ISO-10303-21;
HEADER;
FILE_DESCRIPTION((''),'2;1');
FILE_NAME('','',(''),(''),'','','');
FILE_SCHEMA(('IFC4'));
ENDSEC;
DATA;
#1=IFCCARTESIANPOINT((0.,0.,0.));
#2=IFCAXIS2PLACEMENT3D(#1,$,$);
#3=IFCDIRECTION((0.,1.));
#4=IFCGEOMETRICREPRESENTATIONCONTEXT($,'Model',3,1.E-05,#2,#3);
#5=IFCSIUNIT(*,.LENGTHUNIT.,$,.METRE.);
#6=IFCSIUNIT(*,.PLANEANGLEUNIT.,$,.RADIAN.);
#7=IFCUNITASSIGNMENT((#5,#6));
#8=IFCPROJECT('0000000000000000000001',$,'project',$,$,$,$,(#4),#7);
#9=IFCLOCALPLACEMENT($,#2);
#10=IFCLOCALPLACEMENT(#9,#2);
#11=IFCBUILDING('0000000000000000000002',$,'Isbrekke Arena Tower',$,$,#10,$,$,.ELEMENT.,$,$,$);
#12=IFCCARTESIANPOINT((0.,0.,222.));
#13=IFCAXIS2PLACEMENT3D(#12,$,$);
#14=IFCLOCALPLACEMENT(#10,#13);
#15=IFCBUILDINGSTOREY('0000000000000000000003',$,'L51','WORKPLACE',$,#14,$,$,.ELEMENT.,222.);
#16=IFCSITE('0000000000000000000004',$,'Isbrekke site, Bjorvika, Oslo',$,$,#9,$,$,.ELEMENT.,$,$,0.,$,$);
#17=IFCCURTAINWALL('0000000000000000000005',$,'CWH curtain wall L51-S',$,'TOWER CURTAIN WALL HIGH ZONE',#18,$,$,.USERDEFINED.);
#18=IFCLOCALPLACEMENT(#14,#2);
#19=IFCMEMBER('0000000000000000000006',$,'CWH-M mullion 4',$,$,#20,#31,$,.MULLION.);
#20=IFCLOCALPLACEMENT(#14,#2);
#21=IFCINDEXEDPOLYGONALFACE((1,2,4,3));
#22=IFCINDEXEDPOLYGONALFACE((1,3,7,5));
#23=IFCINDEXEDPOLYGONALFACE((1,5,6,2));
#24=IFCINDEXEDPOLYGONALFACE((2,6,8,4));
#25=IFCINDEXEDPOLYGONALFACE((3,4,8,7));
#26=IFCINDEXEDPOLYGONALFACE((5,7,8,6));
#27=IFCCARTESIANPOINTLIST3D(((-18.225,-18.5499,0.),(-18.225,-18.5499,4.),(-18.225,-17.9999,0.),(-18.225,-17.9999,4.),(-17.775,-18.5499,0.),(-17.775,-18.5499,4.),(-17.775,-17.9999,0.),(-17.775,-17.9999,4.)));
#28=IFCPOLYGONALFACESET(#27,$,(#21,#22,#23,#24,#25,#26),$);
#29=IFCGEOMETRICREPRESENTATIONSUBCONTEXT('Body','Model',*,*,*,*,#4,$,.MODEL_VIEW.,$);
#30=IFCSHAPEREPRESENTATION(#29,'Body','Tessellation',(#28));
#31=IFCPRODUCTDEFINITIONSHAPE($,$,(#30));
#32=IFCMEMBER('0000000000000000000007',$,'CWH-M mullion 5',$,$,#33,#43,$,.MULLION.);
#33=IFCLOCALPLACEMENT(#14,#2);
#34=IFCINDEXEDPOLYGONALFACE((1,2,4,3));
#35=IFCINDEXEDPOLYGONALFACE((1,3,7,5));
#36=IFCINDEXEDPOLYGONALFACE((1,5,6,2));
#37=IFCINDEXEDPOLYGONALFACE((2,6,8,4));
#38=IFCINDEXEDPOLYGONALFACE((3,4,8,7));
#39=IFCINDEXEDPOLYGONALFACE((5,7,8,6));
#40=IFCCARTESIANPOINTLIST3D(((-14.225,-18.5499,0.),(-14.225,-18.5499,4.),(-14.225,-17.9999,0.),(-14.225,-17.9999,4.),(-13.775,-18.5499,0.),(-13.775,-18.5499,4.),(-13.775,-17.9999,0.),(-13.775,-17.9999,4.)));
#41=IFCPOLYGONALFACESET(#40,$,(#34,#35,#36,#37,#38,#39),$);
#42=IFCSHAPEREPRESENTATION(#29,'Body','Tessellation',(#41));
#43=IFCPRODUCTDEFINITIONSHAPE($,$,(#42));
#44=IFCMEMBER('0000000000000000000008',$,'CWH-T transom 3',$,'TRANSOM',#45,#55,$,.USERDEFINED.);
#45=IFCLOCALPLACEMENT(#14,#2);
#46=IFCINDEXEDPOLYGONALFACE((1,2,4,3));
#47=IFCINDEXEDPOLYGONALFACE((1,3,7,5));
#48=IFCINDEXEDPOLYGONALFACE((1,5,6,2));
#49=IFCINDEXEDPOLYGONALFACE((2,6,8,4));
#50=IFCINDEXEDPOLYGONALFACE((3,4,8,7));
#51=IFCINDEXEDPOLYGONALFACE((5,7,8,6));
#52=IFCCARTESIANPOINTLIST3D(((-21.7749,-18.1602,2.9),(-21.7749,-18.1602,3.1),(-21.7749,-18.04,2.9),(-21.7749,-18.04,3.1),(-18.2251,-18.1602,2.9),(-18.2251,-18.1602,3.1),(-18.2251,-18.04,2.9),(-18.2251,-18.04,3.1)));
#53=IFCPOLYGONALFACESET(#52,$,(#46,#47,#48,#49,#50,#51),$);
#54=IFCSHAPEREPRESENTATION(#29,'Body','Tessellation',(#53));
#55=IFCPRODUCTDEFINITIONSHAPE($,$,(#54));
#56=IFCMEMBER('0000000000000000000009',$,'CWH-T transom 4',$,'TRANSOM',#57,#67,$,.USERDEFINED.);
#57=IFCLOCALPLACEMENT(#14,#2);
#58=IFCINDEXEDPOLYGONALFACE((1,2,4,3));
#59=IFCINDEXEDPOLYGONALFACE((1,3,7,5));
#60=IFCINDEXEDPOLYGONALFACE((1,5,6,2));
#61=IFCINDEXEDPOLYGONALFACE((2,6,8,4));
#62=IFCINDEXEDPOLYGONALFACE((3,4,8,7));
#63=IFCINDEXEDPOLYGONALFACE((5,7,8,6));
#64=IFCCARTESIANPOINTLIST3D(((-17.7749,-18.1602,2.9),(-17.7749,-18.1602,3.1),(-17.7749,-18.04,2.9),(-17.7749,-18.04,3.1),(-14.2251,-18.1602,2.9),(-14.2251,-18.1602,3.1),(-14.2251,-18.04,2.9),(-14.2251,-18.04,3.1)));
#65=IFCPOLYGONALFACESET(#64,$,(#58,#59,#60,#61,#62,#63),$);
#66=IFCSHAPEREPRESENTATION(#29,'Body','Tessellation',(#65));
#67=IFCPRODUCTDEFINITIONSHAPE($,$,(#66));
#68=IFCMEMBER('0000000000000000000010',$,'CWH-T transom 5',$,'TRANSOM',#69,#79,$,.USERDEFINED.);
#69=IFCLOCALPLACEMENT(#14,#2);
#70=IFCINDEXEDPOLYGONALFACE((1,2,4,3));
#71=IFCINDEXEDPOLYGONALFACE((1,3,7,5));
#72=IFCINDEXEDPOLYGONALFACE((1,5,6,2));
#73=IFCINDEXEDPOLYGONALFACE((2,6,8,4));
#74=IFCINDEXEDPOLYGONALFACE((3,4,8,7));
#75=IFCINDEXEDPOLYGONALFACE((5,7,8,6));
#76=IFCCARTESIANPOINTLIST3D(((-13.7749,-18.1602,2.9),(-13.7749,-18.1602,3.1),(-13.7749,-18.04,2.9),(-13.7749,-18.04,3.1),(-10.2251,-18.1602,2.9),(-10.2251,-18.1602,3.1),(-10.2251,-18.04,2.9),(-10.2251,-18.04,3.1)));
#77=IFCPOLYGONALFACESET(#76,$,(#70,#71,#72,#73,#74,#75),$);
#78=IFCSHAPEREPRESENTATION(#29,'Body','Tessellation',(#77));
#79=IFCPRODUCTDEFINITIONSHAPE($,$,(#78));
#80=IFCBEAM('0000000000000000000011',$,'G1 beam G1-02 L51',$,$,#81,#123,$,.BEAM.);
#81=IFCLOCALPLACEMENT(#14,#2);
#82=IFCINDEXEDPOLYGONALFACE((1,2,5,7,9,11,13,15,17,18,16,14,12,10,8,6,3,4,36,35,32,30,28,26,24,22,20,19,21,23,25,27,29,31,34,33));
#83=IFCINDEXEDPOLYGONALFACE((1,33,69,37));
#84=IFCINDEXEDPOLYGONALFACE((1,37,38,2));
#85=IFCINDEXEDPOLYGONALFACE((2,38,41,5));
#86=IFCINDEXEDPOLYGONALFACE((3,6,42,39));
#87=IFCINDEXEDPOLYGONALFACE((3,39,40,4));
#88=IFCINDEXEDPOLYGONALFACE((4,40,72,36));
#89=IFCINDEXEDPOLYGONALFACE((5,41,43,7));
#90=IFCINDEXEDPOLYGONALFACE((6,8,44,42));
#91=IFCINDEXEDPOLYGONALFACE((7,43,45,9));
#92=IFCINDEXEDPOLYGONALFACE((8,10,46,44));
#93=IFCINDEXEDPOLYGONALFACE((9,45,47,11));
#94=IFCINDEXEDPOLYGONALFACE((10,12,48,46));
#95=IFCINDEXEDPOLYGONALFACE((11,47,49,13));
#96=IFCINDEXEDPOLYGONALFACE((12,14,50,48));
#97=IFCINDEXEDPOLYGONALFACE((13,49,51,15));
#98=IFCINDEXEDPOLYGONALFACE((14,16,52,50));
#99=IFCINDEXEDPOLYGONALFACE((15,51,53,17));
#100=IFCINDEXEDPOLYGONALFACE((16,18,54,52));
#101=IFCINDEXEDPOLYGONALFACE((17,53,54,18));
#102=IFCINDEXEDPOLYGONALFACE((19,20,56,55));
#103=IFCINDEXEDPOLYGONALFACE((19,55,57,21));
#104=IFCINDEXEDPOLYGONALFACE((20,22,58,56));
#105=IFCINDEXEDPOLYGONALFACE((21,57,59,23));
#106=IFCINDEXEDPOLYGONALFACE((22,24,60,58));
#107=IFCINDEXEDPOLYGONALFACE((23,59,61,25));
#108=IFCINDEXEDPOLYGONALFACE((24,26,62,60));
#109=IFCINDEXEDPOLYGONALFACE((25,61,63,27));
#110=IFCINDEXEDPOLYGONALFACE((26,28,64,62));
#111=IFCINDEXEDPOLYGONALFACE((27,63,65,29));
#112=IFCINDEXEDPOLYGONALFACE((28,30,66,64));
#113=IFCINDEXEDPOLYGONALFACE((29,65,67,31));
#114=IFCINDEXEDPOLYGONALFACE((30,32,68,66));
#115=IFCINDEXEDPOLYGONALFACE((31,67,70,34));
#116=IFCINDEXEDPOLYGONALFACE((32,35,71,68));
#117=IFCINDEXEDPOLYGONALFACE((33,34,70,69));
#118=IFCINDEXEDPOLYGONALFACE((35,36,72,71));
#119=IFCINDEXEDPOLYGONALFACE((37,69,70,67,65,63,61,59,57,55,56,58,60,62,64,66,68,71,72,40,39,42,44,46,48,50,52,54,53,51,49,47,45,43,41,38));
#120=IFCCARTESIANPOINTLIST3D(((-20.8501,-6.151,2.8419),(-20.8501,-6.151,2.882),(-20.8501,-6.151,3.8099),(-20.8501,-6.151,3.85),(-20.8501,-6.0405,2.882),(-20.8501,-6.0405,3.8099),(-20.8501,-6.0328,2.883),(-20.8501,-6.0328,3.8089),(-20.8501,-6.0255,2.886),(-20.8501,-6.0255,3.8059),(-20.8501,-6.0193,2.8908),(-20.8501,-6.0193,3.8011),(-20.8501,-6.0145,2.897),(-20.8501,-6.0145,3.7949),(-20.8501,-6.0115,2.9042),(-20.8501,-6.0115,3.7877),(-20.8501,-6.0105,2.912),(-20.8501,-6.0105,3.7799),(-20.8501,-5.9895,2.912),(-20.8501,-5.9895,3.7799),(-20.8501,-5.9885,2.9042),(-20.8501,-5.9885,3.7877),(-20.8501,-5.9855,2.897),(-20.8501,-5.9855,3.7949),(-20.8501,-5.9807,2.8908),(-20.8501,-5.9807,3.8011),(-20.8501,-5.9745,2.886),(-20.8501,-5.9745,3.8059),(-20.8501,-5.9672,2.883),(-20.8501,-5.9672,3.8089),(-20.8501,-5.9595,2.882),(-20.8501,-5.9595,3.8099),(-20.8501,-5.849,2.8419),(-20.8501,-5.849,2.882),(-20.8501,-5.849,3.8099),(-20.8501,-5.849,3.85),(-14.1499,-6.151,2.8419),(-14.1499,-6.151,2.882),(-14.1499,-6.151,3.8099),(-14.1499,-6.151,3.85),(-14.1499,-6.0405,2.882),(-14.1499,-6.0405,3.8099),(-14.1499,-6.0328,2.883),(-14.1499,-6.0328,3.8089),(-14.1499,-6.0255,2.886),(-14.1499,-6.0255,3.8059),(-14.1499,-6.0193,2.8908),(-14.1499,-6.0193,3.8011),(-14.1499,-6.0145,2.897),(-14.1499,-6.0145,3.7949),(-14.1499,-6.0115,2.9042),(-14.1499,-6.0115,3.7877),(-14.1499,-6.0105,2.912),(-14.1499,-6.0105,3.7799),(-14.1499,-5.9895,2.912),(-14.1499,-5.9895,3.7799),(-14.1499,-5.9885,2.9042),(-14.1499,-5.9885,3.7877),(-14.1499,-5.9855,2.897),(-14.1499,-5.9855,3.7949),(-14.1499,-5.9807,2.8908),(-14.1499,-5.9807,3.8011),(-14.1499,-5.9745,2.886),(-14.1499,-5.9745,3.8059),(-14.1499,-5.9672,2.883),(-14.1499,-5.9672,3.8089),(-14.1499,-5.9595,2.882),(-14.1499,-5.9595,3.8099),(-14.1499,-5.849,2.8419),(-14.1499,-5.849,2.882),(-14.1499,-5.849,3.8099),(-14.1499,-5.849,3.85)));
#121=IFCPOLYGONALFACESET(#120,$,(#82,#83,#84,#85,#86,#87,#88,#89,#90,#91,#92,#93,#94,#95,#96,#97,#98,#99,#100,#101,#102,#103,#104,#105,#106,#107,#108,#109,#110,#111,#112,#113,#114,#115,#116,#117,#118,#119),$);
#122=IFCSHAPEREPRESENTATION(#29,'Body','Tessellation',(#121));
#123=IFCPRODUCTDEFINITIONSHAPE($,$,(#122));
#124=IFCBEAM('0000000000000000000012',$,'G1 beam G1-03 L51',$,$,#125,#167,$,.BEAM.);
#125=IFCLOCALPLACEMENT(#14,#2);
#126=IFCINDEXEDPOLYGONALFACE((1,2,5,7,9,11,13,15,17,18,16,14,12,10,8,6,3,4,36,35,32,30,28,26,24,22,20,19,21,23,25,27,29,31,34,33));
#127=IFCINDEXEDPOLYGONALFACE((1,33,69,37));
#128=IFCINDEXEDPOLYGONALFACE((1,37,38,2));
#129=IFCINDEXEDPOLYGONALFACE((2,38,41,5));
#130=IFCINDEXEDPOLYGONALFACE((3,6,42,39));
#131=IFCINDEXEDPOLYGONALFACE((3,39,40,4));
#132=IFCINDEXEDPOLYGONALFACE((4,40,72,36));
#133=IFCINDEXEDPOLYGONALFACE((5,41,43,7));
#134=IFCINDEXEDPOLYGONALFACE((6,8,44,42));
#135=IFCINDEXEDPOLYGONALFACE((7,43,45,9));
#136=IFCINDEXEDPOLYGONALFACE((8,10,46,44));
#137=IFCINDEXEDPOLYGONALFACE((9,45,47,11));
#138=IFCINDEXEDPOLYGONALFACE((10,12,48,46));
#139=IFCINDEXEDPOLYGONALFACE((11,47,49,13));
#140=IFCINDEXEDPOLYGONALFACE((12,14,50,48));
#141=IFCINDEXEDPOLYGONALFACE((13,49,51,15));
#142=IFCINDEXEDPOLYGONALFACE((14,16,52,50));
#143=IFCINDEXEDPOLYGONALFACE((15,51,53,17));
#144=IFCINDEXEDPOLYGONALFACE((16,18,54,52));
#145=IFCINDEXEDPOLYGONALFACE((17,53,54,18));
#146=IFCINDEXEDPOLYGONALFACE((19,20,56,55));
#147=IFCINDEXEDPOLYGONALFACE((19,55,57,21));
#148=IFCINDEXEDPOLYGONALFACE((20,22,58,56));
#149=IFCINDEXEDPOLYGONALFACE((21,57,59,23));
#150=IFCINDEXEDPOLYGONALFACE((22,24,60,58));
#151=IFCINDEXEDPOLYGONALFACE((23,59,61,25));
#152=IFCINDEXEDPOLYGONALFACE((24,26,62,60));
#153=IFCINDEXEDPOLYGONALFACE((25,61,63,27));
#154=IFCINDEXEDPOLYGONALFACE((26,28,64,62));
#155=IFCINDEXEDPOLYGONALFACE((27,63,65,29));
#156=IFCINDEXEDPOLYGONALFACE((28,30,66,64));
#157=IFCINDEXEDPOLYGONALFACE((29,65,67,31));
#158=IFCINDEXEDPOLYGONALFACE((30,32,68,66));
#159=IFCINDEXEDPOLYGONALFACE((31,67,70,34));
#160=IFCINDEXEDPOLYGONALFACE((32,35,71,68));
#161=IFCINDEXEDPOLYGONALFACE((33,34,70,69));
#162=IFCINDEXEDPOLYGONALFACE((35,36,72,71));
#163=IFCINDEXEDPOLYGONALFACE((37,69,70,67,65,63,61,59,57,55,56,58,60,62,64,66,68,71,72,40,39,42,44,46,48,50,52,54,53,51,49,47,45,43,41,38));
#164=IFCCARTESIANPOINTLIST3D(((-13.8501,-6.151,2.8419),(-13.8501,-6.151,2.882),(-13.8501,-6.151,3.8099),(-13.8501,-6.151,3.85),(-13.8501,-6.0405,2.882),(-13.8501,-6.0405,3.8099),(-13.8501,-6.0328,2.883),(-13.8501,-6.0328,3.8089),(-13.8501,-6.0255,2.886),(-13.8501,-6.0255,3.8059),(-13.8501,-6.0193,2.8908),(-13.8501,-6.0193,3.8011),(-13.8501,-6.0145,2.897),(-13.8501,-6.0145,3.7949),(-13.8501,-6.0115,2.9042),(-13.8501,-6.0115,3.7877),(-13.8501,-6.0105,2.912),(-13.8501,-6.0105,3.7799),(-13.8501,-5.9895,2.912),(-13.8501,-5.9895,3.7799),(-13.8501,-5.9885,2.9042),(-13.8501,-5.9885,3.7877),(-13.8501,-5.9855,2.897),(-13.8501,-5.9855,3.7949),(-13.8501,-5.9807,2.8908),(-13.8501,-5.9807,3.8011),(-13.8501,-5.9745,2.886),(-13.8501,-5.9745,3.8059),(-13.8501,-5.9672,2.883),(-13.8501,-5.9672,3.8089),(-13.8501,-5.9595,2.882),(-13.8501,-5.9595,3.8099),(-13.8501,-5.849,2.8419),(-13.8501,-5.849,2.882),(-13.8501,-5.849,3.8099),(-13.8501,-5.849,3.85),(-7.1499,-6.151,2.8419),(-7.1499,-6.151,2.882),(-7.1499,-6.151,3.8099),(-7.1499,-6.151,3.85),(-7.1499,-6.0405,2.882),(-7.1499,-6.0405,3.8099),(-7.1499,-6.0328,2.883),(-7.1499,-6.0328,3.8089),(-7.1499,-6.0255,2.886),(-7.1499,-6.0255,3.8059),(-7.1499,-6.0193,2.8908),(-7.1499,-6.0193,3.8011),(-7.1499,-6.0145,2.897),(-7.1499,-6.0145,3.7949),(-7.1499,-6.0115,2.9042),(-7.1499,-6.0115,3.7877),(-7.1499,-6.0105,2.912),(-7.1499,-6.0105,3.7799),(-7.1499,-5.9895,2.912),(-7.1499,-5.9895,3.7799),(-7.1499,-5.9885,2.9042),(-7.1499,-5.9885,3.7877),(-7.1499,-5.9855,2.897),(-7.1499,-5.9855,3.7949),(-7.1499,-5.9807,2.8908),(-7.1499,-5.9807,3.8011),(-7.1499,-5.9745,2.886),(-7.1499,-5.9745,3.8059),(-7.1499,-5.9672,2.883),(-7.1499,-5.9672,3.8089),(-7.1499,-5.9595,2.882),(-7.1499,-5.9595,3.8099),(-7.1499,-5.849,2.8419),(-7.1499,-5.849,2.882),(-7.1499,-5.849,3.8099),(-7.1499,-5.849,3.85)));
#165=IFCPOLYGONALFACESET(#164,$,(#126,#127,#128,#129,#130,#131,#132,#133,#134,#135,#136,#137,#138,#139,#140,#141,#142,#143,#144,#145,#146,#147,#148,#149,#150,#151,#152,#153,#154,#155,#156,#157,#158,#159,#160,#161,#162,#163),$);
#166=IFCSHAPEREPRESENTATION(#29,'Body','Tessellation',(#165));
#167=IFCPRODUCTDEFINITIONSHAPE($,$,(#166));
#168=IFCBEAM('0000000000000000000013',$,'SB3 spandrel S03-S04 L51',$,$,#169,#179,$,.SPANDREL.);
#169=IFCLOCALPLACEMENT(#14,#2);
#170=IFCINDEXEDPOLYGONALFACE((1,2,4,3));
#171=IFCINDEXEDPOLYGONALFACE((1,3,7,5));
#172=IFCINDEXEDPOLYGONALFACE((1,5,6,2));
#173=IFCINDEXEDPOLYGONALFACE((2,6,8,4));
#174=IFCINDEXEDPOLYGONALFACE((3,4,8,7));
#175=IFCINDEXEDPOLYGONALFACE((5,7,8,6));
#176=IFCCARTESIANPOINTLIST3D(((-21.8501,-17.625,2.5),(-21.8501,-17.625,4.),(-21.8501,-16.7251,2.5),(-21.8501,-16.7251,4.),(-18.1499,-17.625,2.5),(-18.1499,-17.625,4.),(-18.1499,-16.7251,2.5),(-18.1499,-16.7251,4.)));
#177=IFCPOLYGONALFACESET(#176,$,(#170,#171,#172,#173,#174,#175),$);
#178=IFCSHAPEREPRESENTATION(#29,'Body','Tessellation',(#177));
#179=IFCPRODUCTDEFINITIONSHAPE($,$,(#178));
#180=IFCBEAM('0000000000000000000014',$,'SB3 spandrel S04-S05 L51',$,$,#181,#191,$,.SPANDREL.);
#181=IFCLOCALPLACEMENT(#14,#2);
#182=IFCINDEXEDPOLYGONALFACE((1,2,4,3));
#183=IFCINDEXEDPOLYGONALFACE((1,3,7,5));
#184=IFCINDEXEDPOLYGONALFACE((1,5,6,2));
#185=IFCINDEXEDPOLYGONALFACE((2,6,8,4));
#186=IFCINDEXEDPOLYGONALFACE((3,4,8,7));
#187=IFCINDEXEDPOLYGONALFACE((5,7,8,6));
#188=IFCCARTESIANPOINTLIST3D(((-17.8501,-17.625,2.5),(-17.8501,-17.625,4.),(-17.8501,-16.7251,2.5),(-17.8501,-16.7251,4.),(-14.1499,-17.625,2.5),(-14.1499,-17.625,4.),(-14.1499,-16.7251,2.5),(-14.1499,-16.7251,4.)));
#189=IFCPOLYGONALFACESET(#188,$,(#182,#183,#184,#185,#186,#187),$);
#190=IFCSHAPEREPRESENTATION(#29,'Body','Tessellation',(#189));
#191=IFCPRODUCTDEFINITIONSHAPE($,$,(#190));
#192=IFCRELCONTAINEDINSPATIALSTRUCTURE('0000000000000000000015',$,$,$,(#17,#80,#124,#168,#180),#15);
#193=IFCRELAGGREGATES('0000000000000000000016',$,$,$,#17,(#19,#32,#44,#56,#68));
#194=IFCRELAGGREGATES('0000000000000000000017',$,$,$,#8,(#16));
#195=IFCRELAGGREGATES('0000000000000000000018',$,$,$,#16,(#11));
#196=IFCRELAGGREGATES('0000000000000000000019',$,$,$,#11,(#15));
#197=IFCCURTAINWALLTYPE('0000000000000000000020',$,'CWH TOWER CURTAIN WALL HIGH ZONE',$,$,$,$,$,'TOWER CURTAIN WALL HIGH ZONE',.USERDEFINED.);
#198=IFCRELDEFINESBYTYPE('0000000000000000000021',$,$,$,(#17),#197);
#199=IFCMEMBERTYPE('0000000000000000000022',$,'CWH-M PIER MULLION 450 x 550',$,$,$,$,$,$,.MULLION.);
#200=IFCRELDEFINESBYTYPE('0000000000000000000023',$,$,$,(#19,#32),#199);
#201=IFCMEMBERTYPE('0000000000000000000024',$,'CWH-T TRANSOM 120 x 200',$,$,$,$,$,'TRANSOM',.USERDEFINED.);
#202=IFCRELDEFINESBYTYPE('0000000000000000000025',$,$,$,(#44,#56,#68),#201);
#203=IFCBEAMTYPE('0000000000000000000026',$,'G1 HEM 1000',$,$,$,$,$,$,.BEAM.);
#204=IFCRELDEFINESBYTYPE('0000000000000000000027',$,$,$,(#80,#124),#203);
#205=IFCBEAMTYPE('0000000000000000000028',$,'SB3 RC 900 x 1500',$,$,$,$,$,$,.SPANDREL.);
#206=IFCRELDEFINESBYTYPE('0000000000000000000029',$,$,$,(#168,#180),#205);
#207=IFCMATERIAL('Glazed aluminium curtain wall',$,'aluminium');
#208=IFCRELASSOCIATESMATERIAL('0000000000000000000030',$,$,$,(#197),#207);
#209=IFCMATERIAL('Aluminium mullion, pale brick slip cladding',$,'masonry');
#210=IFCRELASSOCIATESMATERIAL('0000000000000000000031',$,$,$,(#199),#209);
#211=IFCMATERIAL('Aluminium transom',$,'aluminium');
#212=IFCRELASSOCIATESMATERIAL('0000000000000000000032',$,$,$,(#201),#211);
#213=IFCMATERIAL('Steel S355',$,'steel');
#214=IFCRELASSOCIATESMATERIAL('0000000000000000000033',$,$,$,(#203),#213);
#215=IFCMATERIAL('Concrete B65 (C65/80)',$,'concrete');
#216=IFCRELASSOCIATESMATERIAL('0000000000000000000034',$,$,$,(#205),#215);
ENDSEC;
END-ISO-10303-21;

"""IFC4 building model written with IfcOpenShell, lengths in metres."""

from ifc_helpers import new_model, si_unit, direction, frame, origin, origin_2d, place, context, subcontext, project, spatial, rectangle, i_section, extrude, material, material_profile, profile_set, type_object, element, aggregate, save


model = new_model("IFC4")

# Units and contexts
model_context = context("Model", 3, precision=1e-05, world=origin(), true_north=direction((0.0, 1.0)))
body_context = subcontext(model_context, "Body", "Model", "MODEL_VIEW")
ifc_project = project(units=[si_unit("LENGTHUNIT", "METRE"), si_unit("PLANEANGLEUNIT", "RADIAN")], contexts=[model_context])

# Site, building, storey
site_placement = place(None, origin())
site = spatial("IfcSite", under=ifc_project, at=site_placement, Name="Isbrekke site, Bjorvika, Oslo", CompositionType="ELEMENT", RefElevation=0.0)
building_placement = place(site_placement, origin())
building = spatial("IfcBuilding", under=site, at=building_placement, Name="Isbrekke Arena Tower", CompositionType="ELEMENT")
storey_placement = place(building_placement, frame((0.0, 0.0, 222.0)))
storey = spatial("IfcBuildingStorey", under=building, at=storey_placement, Name="L51", Description="WORKPLACE", CompositionType="ELEMENT", Elevation=222.0)

# Curtain wall, members
ifc_material_1 = material(Name="Glazed aluminium curtain wall", Category="aluminium")
curtain_wall_type = type_object("IfcCurtainWallType", Name="CWH TOWER CURTAIN WALL HIGH ZONE", ElementType="TOWER CURTAIN WALL HIGH ZONE", PredefinedType="USERDEFINED", material=ifc_material_1)
curtain_wall_placement = place(storey_placement, origin())
curtain_wall = element("IfcCurtainWall", 1, at=curtain_wall_placement, inside=storey, type_object=curtain_wall_type, Name="CWH curtain wall L51-S", ObjectType="TOWER CURTAIN WALL HIGH ZONE", PredefinedType="USERDEFINED")
ifc_material_2 = material(Name="Aluminium mullion, pale brick slip cladding", Category="masonry")
ifc_material_profile_1 = material_profile(ifc_material_2, rectangle(XDim=0.45, YDim=0.55, at=origin_2d()), Name="PIER 450X550")
ifc_profile_set_1 = profile_set([ifc_material_profile_1], Name="Aluminium mullion, pale brick slip cladding")
member_type_1 = type_object("IfcMemberType", Name="CWH-M PIER MULLION 450 x 550", PredefinedType="MULLION", material=ifc_profile_set_1)
member_1_placement = place(storey_placement, frame((-18.0, -18.2749, 0.0), z_axis=(0.0, 0.0, 1.0), x_axis=(1.0, 0.0, 0.0)))
member_1 = element("IfcMember", 2, at=member_1_placement, type_object=member_type_1, Name="CWH-M mullion 4", PredefinedType="MULLION", context=body_context, shape_type="SweptSolid", body=[
    extrude(rectangle(XDim=0.45, YDim=0.55, at=origin_2d()), origin(), (0.0, 0.0, 1.0), 4.0),
])
member_2_placement = place(storey_placement, frame((-14.0, -18.2749, 0.0), z_axis=(0.0, 0.0, 1.0), x_axis=(1.0, 0.0, 0.0)))
member_2 = element("IfcMember", 3, at=member_2_placement, type_object=member_type_1, Name="CWH-M mullion 5", PredefinedType="MULLION", context=body_context, shape_type="SweptSolid", body=[
    extrude(rectangle(XDim=0.45, YDim=0.55, at=origin_2d()), origin(), (0.0, 0.0, 1.0), 4.0),
])
ifc_material_3 = material(Name="Aluminium transom", Category="aluminium")
ifc_material_profile_2 = material_profile(ifc_material_3, rectangle(XDim=0.1201, YDim=0.2, at=origin_2d()), Name="TRANSOM 120X200")
ifc_profile_set_2 = profile_set([ifc_material_profile_2], Name="Aluminium transom")
member_type_2 = type_object("IfcMemberType", Name="CWH-T TRANSOM 120 x 200", ElementType="TRANSOM", PredefinedType="USERDEFINED", material=ifc_profile_set_2)
member_3_placement = place(storey_placement, frame((-21.7749, -18.1001, 3.0), z_axis=(1.0, 0.0, 0.0), x_axis=(0.0, 1.0, 0.0)))
member_3 = element("IfcMember", 4, at=member_3_placement, type_object=member_type_2, Name="CWH-T transom 3", ObjectType="TRANSOM", PredefinedType="USERDEFINED", context=body_context, shape_type="SweptSolid", body=[
    extrude(rectangle(XDim=0.1201, YDim=0.2, at=origin_2d()), origin(), (0.0, 0.0, 1.0), 3.5498),
])
member_4_placement = place(storey_placement, frame((-17.7749, -18.1001, 3.0), z_axis=(1.0, 0.0, 0.0), x_axis=(0.0, 1.0, 0.0)))
member_4 = element("IfcMember", 5, at=member_4_placement, type_object=member_type_2, Name="CWH-T transom 4", ObjectType="TRANSOM", PredefinedType="USERDEFINED", context=body_context, shape_type="SweptSolid", body=[
    extrude(rectangle(XDim=0.1201, YDim=0.2, at=origin_2d()), origin(), (0.0, 0.0, 1.0), 3.5498),
])
member_5_placement = place(storey_placement, frame((-13.7749, -18.1001, 3.0), z_axis=(1.0, 0.0, 0.0), x_axis=(0.0, 1.0, 0.0)))
member_5 = element("IfcMember", 6, at=member_5_placement, type_object=member_type_2, Name="CWH-T transom 5", ObjectType="TRANSOM", PredefinedType="USERDEFINED", context=body_context, shape_type="SweptSolid", body=[
    extrude(rectangle(XDim=0.1201, YDim=0.2, at=origin_2d()), origin(), (0.0, 0.0, 1.0), 3.5498),
])

# Beams
ifc_material_4 = material(Name="Steel S355", Category="steel")
ifc_material_profile_3 = material_profile(ifc_material_4, i_section(OverallWidth=0.302, OverallDepth=1.0081, WebThickness=0.021, FlangeThickness=0.04, FilletRadius=0.03, at=origin_2d()), Name="HEM 1000")
ifc_profile_set_3 = profile_set([ifc_material_profile_3], Name="Steel S355")
beam_type_1 = type_object("IfcBeamType", Name="G1 HEM 1000", PredefinedType="BEAM", material=ifc_profile_set_3)
for number, where, z_axis, x_axis, name in (
    (7, (-20.8501, -6.0, 3.3459), (1.0, 0.0, 0.0), (0.0, 1.0, 0.0), "G1 beam G1-02 L51"),
    (8, (-13.8501, -6.0, 3.3459), (1.0, 0.0, 0.0), (0.0, 1.0, 0.0), "G1 beam G1-03 L51"),
):
    element("IfcBeam", number, at=place(storey_placement, frame(where, z_axis=z_axis, x_axis=x_axis)), inside=storey, type_object=beam_type_1, Name=name, PredefinedType="BEAM", context=body_context, shape_type="SweptSolid", body=[
        extrude(i_section(OverallWidth=0.302, OverallDepth=1.0081, WebThickness=0.021, FlangeThickness=0.04, FilletRadius=0.03, at=origin_2d()), origin(), (0.0, 0.0, 1.0), 6.7002),
    ])
ifc_material_5 = material(Name="Concrete B65 (C65/80)", Category="concrete")
ifc_material_profile_4 = material_profile(ifc_material_5, rectangle(XDim=0.8999, YDim=1.5, at=origin_2d()), Name="RC 900x1500")
ifc_profile_set_4 = profile_set([ifc_material_profile_4], Name="Concrete B65 (C65/80)")
beam_type_2 = type_object("IfcBeamType", Name="SB3 RC 900 x 1500", PredefinedType="SPANDREL", material=ifc_profile_set_4)
for number, where, z_axis, x_axis, name in (
    (9, (-21.8501, -17.175, 3.25), (1.0, 0.0, 0.0), (0.0, 1.0, 0.0), "SB3 spandrel S03-S04 L51"),
    (10, (-17.8501, -17.175, 3.25), (1.0, 0.0, 0.0), (0.0, 1.0, 0.0), "SB3 spandrel S04-S05 L51"),
):
    element("IfcBeam", number, at=place(storey_placement, frame(where, z_axis=z_axis, x_axis=x_axis)), inside=storey, type_object=beam_type_2, Name=name, PredefinedType="SPANDREL", context=body_context, shape_type="SweptSolid", body=[
        extrude(rectangle(XDim=0.8999, YDim=1.5, at=origin_2d()), origin(), (0.0, 0.0, 1.0), 3.7002),
    ])

aggregate(curtain_wall, [member_1, member_2, member_3, member_4, member_5])

save(model, "model.ifc")
